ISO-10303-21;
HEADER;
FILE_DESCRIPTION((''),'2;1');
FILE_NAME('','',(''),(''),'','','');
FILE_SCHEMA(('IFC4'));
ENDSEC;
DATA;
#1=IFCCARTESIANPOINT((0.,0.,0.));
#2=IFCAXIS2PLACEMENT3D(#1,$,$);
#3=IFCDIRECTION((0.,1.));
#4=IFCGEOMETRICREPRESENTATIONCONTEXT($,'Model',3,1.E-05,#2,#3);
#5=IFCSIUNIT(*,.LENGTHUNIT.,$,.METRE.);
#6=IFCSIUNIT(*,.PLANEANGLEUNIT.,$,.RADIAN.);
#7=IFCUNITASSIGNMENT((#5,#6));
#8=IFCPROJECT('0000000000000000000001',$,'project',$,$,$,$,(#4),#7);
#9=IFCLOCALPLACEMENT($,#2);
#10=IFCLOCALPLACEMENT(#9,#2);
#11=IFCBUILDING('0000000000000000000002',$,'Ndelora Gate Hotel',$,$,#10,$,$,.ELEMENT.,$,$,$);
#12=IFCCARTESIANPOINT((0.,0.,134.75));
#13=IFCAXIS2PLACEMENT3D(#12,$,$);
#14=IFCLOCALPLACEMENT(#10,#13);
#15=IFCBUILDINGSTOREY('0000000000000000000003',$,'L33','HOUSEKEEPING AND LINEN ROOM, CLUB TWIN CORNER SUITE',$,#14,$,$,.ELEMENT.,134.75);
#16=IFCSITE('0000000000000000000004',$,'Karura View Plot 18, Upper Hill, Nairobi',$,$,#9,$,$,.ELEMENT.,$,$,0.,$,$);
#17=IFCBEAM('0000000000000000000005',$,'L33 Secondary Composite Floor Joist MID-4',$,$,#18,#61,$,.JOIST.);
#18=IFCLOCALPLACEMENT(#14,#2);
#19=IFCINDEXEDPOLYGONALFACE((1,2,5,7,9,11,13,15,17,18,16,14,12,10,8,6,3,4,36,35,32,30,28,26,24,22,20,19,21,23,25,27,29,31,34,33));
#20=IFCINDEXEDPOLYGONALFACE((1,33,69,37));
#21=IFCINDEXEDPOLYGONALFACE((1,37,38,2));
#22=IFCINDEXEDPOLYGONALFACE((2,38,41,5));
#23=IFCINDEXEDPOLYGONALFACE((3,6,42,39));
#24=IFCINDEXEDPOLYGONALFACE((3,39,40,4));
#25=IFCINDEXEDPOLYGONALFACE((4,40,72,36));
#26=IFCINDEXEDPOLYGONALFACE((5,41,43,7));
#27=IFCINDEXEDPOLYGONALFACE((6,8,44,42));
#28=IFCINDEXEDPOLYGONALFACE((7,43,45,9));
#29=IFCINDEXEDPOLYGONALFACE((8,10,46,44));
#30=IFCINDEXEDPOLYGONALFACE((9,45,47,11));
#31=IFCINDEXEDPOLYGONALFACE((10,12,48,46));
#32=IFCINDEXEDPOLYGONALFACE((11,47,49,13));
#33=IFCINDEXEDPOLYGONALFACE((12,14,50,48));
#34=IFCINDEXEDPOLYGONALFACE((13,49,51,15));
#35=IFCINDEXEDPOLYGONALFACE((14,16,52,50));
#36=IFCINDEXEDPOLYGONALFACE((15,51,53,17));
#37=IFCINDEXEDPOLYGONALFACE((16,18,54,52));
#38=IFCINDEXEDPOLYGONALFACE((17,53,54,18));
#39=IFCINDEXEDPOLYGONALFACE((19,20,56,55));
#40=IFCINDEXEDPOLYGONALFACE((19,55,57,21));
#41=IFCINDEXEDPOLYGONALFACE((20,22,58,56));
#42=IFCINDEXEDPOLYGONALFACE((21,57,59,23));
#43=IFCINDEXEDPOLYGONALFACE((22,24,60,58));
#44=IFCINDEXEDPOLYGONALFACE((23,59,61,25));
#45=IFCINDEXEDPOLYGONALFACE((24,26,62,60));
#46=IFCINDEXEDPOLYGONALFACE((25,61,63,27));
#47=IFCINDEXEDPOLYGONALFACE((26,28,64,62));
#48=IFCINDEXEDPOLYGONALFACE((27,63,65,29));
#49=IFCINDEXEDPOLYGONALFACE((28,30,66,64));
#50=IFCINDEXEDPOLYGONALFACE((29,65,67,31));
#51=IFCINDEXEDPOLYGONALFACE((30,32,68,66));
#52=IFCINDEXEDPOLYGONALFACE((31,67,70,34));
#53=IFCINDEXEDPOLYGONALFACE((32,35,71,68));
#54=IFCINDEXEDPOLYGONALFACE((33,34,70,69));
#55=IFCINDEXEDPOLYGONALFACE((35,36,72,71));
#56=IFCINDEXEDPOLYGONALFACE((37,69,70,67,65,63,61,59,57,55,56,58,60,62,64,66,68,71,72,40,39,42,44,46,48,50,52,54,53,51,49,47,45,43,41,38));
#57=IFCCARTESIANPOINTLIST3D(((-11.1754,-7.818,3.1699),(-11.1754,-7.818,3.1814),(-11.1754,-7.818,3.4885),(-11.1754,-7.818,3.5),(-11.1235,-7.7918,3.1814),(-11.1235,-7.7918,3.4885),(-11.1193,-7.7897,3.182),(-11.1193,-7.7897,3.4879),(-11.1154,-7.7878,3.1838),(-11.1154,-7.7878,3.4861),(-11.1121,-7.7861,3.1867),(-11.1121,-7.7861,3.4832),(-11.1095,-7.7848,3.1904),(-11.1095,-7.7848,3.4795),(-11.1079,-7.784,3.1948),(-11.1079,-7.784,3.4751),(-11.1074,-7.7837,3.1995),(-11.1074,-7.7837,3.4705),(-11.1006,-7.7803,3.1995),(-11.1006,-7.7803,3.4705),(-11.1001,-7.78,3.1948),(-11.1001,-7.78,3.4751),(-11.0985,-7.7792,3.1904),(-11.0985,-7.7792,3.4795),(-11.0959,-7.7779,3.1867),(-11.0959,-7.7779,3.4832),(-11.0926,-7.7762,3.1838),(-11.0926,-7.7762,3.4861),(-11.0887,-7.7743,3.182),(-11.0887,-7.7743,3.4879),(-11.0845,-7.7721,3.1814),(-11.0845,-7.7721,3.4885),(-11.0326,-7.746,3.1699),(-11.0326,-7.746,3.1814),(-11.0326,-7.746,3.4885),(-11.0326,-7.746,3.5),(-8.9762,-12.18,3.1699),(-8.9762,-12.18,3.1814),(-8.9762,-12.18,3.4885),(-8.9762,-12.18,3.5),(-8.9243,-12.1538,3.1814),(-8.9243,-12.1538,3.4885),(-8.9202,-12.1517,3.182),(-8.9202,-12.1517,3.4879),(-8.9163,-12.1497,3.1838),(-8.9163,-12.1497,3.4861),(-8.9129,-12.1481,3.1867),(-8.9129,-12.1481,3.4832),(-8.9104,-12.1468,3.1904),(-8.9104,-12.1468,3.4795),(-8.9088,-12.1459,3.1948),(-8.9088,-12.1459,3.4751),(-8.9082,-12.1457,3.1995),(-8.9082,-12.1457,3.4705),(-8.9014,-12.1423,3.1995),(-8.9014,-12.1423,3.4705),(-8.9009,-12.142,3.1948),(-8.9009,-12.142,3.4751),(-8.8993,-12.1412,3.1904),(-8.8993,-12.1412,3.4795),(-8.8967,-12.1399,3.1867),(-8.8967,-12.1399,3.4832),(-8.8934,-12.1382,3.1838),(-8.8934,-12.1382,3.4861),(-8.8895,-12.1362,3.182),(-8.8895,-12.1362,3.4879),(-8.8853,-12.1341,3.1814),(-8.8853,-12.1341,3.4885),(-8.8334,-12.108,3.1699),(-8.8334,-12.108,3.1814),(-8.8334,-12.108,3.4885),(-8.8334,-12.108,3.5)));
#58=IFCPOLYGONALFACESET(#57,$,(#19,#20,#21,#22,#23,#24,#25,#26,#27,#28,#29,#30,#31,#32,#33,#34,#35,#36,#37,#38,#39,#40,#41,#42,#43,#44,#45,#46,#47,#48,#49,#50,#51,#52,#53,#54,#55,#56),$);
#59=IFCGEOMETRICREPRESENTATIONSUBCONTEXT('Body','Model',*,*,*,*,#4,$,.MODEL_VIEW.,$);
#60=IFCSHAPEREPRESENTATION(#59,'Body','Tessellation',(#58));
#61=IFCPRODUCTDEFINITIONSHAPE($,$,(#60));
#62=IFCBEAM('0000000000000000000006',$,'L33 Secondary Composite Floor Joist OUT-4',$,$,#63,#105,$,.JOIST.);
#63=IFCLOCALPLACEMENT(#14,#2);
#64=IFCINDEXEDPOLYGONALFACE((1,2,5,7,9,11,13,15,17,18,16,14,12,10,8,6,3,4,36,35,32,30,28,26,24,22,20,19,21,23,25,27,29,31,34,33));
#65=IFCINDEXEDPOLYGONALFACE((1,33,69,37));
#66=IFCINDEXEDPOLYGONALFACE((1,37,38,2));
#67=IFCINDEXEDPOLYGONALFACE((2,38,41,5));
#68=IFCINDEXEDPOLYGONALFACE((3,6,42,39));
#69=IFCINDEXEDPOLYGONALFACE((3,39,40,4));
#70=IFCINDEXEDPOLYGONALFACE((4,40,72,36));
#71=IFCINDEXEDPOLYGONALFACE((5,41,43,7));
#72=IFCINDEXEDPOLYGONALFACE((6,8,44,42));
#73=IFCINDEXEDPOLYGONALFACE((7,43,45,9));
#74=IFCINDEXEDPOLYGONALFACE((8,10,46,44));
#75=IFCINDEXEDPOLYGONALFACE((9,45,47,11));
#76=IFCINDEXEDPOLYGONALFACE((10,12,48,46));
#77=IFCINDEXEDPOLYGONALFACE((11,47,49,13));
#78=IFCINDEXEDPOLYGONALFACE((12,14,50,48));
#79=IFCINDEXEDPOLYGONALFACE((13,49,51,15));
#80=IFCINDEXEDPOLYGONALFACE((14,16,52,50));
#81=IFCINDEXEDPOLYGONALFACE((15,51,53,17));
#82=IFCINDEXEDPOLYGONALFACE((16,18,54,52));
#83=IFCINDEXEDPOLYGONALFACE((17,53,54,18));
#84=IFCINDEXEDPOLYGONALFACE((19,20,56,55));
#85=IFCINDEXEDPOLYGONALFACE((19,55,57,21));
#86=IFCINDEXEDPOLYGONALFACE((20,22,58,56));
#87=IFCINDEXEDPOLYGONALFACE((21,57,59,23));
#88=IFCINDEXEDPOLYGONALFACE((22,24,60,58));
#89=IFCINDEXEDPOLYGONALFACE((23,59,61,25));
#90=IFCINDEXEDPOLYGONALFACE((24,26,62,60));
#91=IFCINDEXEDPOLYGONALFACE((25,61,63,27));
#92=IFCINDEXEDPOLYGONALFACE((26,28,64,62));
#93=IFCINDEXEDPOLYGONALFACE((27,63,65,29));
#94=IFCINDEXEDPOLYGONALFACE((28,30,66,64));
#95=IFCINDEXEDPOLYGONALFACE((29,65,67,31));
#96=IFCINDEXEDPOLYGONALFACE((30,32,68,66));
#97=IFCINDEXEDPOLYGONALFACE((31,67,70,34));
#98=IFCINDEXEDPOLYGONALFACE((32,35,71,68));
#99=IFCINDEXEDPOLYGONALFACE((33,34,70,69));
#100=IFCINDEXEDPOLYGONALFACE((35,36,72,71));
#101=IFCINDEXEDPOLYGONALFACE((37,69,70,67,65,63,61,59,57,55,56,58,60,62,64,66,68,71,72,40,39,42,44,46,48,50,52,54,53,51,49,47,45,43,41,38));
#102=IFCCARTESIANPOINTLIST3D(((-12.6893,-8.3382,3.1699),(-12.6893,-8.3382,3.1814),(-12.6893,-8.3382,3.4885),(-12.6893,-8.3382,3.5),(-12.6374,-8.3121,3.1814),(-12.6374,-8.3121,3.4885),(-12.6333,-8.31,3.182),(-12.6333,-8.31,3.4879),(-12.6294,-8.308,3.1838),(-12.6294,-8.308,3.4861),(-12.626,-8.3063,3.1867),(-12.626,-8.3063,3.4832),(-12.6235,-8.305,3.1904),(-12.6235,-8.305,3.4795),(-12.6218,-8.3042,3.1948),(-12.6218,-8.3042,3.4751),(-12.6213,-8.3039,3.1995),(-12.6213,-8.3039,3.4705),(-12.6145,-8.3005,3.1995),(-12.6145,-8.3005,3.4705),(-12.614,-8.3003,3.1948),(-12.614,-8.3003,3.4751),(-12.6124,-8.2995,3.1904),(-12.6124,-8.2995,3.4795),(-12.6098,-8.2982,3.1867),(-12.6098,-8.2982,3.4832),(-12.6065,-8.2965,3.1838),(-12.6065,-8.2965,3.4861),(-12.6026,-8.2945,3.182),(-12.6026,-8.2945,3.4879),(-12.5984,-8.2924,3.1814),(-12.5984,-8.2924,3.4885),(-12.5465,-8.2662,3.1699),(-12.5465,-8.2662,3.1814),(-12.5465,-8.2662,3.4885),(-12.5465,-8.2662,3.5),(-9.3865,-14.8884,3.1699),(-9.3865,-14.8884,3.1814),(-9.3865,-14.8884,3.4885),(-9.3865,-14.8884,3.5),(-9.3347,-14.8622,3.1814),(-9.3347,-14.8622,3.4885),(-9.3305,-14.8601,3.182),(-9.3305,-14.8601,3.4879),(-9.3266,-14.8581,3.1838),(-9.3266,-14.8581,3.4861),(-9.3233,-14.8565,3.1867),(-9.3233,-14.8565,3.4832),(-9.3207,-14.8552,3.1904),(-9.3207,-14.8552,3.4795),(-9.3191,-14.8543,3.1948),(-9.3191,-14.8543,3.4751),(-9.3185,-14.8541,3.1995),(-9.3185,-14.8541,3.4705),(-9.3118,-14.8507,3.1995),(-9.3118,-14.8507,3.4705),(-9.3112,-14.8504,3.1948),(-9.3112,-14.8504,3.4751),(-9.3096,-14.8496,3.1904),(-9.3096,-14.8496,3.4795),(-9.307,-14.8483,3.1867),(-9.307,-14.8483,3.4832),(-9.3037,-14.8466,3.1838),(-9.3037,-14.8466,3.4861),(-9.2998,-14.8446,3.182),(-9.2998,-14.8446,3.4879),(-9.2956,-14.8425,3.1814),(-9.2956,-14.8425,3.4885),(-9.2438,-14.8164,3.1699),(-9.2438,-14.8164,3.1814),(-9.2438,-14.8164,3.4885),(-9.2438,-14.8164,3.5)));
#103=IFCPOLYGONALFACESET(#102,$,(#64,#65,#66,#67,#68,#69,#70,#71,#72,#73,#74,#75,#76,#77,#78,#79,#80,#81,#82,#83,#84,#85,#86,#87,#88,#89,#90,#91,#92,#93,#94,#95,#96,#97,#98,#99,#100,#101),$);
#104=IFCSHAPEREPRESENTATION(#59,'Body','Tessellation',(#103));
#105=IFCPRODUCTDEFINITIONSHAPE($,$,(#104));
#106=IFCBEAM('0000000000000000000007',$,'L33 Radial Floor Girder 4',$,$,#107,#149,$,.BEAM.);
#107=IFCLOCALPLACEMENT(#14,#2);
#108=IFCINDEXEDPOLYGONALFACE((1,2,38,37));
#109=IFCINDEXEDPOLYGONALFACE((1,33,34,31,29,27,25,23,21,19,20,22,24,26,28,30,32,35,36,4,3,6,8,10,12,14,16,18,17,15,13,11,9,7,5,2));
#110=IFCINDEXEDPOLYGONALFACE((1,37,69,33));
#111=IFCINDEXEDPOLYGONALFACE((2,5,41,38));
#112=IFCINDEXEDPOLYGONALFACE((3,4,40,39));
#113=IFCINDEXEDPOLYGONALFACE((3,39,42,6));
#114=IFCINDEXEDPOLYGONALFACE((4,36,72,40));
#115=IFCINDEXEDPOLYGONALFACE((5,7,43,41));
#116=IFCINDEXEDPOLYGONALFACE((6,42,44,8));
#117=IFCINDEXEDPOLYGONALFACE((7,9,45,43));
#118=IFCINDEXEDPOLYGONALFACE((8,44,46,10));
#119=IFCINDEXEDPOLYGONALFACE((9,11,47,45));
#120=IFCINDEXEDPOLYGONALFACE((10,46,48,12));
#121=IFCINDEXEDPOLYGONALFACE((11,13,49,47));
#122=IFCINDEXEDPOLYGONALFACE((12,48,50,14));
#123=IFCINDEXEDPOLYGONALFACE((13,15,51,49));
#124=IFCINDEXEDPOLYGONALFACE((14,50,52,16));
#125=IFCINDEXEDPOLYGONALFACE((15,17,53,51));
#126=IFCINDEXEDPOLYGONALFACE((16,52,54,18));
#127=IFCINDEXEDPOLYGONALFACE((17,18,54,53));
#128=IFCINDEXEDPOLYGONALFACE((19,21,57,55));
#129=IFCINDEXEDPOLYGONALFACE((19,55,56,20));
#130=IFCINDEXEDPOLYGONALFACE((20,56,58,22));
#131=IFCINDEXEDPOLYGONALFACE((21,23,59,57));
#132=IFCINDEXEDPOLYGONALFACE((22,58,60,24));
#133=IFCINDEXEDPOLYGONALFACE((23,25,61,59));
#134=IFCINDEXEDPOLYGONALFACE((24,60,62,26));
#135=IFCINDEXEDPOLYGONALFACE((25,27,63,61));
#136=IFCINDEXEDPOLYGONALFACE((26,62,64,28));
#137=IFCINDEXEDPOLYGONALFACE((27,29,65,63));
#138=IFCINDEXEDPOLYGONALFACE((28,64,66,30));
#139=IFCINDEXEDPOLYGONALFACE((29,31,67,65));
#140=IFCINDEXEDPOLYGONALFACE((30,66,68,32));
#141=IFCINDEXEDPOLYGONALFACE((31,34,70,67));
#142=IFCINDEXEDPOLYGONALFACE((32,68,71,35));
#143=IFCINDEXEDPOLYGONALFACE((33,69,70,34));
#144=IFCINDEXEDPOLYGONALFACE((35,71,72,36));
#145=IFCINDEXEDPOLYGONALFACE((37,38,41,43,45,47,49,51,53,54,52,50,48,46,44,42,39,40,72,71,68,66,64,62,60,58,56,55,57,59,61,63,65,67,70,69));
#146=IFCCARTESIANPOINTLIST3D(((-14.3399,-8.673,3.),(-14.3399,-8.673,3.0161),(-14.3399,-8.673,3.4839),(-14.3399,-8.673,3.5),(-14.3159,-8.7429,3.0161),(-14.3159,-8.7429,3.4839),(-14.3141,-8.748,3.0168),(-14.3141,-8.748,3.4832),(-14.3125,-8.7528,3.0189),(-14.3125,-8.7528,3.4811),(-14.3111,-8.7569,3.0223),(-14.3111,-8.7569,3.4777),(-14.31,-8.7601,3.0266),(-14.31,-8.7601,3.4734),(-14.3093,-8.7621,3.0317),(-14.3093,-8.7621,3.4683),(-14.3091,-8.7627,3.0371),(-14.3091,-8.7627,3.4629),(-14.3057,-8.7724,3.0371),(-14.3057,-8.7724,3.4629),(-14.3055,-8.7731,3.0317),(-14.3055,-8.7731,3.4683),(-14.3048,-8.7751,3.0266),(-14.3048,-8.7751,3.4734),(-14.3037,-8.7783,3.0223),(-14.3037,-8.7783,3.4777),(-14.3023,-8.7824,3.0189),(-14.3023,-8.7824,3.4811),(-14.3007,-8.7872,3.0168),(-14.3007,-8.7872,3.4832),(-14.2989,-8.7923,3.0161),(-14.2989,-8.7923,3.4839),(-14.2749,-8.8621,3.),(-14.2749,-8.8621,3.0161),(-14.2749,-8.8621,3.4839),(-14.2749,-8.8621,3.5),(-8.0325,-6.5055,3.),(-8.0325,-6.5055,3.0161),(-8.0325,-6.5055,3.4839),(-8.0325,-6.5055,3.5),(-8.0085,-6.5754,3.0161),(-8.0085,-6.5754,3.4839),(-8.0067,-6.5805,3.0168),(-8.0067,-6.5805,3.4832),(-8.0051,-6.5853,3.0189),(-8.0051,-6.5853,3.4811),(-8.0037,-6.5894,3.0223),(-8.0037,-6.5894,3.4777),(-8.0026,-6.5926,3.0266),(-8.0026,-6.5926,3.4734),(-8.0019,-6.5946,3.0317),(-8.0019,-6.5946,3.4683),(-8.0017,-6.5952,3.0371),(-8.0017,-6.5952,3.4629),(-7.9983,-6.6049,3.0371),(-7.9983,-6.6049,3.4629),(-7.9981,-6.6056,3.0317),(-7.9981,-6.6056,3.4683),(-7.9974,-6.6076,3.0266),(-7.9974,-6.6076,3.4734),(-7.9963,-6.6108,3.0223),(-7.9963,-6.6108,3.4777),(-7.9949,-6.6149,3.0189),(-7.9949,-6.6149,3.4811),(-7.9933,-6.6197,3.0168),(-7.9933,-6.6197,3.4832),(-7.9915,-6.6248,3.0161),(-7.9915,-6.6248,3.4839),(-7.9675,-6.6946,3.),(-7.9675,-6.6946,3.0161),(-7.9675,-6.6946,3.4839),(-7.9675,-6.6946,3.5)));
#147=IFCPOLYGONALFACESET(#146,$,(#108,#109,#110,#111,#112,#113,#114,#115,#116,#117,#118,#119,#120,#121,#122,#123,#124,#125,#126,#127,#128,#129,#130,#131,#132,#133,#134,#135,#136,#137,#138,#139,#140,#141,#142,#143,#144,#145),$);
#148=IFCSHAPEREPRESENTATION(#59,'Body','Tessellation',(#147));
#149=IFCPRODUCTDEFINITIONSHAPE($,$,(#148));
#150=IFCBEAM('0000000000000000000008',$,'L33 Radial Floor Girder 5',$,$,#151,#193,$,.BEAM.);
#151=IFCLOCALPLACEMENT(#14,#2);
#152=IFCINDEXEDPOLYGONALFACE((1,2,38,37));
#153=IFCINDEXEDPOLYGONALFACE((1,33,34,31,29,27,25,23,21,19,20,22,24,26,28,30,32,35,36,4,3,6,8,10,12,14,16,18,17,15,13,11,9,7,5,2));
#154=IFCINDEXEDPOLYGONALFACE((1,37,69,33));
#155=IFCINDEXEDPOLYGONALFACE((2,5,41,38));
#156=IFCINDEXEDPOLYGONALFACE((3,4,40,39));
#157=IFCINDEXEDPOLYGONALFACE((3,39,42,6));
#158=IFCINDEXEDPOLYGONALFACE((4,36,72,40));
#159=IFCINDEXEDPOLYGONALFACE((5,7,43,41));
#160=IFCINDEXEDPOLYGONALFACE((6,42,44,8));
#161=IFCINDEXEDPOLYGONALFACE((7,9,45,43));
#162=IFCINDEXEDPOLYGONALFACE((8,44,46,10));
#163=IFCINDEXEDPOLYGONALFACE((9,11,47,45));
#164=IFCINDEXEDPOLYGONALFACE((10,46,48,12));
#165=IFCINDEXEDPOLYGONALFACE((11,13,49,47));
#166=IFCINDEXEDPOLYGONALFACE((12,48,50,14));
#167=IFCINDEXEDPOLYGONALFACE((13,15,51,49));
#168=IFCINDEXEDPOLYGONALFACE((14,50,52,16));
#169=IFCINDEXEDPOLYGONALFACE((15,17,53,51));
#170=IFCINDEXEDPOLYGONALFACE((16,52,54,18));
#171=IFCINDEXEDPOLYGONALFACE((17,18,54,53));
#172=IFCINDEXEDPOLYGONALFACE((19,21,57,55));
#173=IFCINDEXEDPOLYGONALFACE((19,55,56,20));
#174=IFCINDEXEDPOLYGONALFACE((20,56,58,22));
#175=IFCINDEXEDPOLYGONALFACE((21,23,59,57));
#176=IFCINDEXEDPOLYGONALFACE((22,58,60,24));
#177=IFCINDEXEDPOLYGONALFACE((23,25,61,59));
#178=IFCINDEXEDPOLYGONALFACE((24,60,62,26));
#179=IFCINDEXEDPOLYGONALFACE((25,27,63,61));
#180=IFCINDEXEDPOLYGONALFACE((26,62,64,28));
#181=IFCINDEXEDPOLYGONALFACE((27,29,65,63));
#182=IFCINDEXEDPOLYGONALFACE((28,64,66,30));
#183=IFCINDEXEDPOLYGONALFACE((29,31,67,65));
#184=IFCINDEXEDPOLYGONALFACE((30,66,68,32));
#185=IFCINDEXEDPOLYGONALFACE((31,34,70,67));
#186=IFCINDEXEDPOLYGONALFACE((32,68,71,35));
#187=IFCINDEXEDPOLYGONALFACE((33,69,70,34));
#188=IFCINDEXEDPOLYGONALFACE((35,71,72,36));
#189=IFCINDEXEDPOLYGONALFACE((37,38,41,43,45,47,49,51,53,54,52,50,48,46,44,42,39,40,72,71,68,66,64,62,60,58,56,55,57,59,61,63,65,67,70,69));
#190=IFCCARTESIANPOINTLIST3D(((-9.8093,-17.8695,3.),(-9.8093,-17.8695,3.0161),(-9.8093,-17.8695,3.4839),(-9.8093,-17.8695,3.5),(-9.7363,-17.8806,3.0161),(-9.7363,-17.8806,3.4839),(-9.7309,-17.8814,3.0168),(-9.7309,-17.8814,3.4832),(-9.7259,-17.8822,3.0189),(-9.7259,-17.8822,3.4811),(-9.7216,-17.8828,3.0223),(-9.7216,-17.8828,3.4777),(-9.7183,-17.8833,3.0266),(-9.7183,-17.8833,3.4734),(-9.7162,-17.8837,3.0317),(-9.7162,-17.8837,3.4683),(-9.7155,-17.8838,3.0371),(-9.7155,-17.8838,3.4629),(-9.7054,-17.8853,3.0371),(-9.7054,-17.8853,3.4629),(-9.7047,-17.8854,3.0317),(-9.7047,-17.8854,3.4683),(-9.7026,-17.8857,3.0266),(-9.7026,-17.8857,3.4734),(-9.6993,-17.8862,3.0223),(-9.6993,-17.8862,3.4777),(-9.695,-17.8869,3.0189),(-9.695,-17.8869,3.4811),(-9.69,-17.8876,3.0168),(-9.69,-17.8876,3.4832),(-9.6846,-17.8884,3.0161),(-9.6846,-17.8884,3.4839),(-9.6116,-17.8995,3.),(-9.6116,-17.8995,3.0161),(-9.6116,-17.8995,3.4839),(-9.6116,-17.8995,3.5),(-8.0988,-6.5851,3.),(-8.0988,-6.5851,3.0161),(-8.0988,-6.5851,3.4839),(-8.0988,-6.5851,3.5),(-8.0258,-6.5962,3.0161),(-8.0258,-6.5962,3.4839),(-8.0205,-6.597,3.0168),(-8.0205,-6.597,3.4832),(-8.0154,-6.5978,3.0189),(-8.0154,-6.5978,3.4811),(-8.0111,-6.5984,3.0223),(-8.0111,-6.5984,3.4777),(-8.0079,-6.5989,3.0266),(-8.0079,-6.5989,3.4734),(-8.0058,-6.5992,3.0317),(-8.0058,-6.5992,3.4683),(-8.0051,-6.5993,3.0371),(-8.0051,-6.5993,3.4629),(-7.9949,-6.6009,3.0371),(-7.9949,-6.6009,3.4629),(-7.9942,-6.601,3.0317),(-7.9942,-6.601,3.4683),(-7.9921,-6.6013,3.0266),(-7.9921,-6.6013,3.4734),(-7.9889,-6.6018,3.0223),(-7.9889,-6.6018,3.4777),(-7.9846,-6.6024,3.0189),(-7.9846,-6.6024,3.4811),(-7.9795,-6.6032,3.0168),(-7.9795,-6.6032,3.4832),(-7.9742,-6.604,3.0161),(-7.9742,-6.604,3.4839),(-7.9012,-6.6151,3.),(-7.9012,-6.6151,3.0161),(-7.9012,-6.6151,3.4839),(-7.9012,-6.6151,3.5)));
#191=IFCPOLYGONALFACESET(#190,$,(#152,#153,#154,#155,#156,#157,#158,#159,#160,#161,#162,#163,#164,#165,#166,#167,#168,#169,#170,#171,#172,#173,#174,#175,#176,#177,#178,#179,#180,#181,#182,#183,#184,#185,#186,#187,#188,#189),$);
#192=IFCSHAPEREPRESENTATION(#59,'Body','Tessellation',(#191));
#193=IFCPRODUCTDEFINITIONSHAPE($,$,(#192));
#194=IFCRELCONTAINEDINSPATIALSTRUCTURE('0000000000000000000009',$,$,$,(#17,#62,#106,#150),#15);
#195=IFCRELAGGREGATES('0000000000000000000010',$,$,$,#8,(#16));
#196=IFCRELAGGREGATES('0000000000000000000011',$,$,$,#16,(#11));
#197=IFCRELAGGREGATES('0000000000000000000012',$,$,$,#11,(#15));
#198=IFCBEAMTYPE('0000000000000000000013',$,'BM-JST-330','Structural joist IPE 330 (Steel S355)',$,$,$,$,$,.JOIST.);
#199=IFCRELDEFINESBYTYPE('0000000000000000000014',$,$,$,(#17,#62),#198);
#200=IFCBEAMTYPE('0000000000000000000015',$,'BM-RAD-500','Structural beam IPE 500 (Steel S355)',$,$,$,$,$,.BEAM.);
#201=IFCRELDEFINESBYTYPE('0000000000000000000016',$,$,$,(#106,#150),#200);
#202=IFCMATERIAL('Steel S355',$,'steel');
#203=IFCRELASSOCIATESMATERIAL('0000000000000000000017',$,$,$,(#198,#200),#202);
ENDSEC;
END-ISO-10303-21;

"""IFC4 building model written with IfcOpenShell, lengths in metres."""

from ifc_helpers import new_model, si_unit, direction, frame, origin, origin_2d, place, context, subcontext, project, spatial, i_section, extrude, material, material_profile, profile_set, type_object, element, save


model = new_model("IFC4")

# Units and contexts
model_context = context("Model", 3, precision=1e-05, world=origin(), true_north=direction((0.0, 1.0)))
body_context = subcontext(model_context, "Body", "Model", "MODEL_VIEW")
ifc_project = project(units=[si_unit("LENGTHUNIT", "METRE"), si_unit("PLANEANGLEUNIT", "RADIAN")], contexts=[model_context])

# Site, building, storey
site_placement = place(None, origin())
site = spatial("IfcSite", under=ifc_project, at=site_placement, Name="Karura View Plot 18, Upper Hill, Nairobi", CompositionType="ELEMENT", RefElevation=0.0)
building_placement = place(site_placement, origin())
building = spatial("IfcBuilding", under=site, at=building_placement, Name="Ndelora Gate Hotel", CompositionType="ELEMENT")
storey_placement = place(building_placement, frame((0.0, 0.0, 134.75)))
storey = spatial("IfcBuildingStorey", under=building, at=storey_placement, Name="L33", Description="HOUSEKEEPING AND LINEN ROOM, CLUB TWIN CORNER SUITE", CompositionType="ELEMENT", Elevation=134.75)

# Beams
ifc_material_1 = material(Name="Steel S355", Category="steel")
ifc_material_profile_1 = material_profile(ifc_material_1, i_section(OverallWidth=0.1599, OverallDepth=0.3301, WebThickness=0.0076, FlangeThickness=0.0115, FilletRadius=0.0181, at=origin_2d()), Name="IPE 330")
ifc_profile_set_1 = profile_set([ifc_material_profile_1], Name="Steel S355")
beam_type_1 = type_object("IfcBeamType", Name="BM-JST-330", Description="Structural joist IPE 330 (Steel S355)", PredefinedType="JOIST", material=ifc_profile_set_1)
beam_1_placement = place(storey_placement, frame((-11.104, -7.782, 3.335), z_axis=(0.45019, -0.892933, 0.0), x_axis=(0.892933, 0.45019, 0.0)))
element("IfcBeam", 1, at=beam_1_placement, inside=storey, type_object=beam_type_1, Name="L33 Secondary Composite Floor Joist MID-4", PredefinedType="JOIST", context=body_context, shape_type="SweptSolid", body=[
    extrude(i_section(OverallWidth=0.1599, OverallDepth=0.3301, WebThickness=0.0076, FlangeThickness=0.0115, FilletRadius=0.0181, at=origin_2d()), origin(), (0.0, 0.0, 1.0), 4.885),
])
beam_2_placement = place(storey_placement, frame((-12.6179, -8.3022, 3.335), z_axis=(0.450233, -0.892911, 0.0), x_axis=(0.892911, 0.450233, 0.0)))
element("IfcBeam", 2, at=beam_2_placement, inside=storey, type_object=beam_type_1, Name="L33 Secondary Composite Floor Joist OUT-4", PredefinedType="JOIST", context=body_context, shape_type="SweptSolid", body=[
    extrude(i_section(OverallWidth=0.1599, OverallDepth=0.3301, WebThickness=0.0076, FlangeThickness=0.0115, FilletRadius=0.0181, at=origin_2d()), origin(), (0.0, 0.0, 1.0), 7.3357),
])
ifc_material_profile_2 = material_profile(ifc_material_1, i_section(OverallWidth=0.2, OverallDepth=0.5, WebThickness=0.0103, FlangeThickness=0.0161, FilletRadius=0.021, at=origin_2d()), Name="IPE 500")
ifc_profile_set_2 = profile_set([ifc_material_profile_2], Name="Steel S355")
beam_type_2 = type_object("IfcBeamType", Name="BM-RAD-500", Description="Structural beam IPE 500 (Steel S355)", PredefinedType="BEAM", material=ifc_profile_set_2)
beam_3_placement = place(storey_placement, frame((-8.0, -6.6001, 3.25), z_axis=(-0.945718, -0.324989, 0.0), x_axis=(0.324989, -0.945718, 0.0)))
element("IfcBeam", 3, at=beam_3_placement, inside=storey, type_object=beam_type_2, Name="L33 Radial Floor Girder 4", PredefinedType="BEAM", context=body_context, shape_type="SweptSolid", body=[
    extrude(i_section(OverallWidth=0.2, OverallDepth=0.5, WebThickness=0.0103, FlangeThickness=0.0161, FilletRadius=0.021, at=origin_2d()), origin(), (0.0, 0.0, 1.0), 6.6694),
])
beam_4_placement = place(storey_placement, frame((-8.0, -6.6001, 3.25), z_axis=(-0.149864, -0.988707, 0.0), x_axis=(0.988707, -0.149864, 0.0)))
element("IfcBeam", 4, at=beam_4_placement, inside=storey, type_object=beam_type_2, Name="L33 Radial Floor Girder 5", PredefinedType="BEAM", context=body_context, shape_type="SweptSolid", body=[
    extrude(i_section(OverallWidth=0.2, OverallDepth=0.5, WebThickness=0.0103, FlangeThickness=0.0161, FilletRadius=0.021, at=origin_2d()), origin(), (0.0, 0.0, 1.0), 11.4133),
])

save(model, "model.ifc")
